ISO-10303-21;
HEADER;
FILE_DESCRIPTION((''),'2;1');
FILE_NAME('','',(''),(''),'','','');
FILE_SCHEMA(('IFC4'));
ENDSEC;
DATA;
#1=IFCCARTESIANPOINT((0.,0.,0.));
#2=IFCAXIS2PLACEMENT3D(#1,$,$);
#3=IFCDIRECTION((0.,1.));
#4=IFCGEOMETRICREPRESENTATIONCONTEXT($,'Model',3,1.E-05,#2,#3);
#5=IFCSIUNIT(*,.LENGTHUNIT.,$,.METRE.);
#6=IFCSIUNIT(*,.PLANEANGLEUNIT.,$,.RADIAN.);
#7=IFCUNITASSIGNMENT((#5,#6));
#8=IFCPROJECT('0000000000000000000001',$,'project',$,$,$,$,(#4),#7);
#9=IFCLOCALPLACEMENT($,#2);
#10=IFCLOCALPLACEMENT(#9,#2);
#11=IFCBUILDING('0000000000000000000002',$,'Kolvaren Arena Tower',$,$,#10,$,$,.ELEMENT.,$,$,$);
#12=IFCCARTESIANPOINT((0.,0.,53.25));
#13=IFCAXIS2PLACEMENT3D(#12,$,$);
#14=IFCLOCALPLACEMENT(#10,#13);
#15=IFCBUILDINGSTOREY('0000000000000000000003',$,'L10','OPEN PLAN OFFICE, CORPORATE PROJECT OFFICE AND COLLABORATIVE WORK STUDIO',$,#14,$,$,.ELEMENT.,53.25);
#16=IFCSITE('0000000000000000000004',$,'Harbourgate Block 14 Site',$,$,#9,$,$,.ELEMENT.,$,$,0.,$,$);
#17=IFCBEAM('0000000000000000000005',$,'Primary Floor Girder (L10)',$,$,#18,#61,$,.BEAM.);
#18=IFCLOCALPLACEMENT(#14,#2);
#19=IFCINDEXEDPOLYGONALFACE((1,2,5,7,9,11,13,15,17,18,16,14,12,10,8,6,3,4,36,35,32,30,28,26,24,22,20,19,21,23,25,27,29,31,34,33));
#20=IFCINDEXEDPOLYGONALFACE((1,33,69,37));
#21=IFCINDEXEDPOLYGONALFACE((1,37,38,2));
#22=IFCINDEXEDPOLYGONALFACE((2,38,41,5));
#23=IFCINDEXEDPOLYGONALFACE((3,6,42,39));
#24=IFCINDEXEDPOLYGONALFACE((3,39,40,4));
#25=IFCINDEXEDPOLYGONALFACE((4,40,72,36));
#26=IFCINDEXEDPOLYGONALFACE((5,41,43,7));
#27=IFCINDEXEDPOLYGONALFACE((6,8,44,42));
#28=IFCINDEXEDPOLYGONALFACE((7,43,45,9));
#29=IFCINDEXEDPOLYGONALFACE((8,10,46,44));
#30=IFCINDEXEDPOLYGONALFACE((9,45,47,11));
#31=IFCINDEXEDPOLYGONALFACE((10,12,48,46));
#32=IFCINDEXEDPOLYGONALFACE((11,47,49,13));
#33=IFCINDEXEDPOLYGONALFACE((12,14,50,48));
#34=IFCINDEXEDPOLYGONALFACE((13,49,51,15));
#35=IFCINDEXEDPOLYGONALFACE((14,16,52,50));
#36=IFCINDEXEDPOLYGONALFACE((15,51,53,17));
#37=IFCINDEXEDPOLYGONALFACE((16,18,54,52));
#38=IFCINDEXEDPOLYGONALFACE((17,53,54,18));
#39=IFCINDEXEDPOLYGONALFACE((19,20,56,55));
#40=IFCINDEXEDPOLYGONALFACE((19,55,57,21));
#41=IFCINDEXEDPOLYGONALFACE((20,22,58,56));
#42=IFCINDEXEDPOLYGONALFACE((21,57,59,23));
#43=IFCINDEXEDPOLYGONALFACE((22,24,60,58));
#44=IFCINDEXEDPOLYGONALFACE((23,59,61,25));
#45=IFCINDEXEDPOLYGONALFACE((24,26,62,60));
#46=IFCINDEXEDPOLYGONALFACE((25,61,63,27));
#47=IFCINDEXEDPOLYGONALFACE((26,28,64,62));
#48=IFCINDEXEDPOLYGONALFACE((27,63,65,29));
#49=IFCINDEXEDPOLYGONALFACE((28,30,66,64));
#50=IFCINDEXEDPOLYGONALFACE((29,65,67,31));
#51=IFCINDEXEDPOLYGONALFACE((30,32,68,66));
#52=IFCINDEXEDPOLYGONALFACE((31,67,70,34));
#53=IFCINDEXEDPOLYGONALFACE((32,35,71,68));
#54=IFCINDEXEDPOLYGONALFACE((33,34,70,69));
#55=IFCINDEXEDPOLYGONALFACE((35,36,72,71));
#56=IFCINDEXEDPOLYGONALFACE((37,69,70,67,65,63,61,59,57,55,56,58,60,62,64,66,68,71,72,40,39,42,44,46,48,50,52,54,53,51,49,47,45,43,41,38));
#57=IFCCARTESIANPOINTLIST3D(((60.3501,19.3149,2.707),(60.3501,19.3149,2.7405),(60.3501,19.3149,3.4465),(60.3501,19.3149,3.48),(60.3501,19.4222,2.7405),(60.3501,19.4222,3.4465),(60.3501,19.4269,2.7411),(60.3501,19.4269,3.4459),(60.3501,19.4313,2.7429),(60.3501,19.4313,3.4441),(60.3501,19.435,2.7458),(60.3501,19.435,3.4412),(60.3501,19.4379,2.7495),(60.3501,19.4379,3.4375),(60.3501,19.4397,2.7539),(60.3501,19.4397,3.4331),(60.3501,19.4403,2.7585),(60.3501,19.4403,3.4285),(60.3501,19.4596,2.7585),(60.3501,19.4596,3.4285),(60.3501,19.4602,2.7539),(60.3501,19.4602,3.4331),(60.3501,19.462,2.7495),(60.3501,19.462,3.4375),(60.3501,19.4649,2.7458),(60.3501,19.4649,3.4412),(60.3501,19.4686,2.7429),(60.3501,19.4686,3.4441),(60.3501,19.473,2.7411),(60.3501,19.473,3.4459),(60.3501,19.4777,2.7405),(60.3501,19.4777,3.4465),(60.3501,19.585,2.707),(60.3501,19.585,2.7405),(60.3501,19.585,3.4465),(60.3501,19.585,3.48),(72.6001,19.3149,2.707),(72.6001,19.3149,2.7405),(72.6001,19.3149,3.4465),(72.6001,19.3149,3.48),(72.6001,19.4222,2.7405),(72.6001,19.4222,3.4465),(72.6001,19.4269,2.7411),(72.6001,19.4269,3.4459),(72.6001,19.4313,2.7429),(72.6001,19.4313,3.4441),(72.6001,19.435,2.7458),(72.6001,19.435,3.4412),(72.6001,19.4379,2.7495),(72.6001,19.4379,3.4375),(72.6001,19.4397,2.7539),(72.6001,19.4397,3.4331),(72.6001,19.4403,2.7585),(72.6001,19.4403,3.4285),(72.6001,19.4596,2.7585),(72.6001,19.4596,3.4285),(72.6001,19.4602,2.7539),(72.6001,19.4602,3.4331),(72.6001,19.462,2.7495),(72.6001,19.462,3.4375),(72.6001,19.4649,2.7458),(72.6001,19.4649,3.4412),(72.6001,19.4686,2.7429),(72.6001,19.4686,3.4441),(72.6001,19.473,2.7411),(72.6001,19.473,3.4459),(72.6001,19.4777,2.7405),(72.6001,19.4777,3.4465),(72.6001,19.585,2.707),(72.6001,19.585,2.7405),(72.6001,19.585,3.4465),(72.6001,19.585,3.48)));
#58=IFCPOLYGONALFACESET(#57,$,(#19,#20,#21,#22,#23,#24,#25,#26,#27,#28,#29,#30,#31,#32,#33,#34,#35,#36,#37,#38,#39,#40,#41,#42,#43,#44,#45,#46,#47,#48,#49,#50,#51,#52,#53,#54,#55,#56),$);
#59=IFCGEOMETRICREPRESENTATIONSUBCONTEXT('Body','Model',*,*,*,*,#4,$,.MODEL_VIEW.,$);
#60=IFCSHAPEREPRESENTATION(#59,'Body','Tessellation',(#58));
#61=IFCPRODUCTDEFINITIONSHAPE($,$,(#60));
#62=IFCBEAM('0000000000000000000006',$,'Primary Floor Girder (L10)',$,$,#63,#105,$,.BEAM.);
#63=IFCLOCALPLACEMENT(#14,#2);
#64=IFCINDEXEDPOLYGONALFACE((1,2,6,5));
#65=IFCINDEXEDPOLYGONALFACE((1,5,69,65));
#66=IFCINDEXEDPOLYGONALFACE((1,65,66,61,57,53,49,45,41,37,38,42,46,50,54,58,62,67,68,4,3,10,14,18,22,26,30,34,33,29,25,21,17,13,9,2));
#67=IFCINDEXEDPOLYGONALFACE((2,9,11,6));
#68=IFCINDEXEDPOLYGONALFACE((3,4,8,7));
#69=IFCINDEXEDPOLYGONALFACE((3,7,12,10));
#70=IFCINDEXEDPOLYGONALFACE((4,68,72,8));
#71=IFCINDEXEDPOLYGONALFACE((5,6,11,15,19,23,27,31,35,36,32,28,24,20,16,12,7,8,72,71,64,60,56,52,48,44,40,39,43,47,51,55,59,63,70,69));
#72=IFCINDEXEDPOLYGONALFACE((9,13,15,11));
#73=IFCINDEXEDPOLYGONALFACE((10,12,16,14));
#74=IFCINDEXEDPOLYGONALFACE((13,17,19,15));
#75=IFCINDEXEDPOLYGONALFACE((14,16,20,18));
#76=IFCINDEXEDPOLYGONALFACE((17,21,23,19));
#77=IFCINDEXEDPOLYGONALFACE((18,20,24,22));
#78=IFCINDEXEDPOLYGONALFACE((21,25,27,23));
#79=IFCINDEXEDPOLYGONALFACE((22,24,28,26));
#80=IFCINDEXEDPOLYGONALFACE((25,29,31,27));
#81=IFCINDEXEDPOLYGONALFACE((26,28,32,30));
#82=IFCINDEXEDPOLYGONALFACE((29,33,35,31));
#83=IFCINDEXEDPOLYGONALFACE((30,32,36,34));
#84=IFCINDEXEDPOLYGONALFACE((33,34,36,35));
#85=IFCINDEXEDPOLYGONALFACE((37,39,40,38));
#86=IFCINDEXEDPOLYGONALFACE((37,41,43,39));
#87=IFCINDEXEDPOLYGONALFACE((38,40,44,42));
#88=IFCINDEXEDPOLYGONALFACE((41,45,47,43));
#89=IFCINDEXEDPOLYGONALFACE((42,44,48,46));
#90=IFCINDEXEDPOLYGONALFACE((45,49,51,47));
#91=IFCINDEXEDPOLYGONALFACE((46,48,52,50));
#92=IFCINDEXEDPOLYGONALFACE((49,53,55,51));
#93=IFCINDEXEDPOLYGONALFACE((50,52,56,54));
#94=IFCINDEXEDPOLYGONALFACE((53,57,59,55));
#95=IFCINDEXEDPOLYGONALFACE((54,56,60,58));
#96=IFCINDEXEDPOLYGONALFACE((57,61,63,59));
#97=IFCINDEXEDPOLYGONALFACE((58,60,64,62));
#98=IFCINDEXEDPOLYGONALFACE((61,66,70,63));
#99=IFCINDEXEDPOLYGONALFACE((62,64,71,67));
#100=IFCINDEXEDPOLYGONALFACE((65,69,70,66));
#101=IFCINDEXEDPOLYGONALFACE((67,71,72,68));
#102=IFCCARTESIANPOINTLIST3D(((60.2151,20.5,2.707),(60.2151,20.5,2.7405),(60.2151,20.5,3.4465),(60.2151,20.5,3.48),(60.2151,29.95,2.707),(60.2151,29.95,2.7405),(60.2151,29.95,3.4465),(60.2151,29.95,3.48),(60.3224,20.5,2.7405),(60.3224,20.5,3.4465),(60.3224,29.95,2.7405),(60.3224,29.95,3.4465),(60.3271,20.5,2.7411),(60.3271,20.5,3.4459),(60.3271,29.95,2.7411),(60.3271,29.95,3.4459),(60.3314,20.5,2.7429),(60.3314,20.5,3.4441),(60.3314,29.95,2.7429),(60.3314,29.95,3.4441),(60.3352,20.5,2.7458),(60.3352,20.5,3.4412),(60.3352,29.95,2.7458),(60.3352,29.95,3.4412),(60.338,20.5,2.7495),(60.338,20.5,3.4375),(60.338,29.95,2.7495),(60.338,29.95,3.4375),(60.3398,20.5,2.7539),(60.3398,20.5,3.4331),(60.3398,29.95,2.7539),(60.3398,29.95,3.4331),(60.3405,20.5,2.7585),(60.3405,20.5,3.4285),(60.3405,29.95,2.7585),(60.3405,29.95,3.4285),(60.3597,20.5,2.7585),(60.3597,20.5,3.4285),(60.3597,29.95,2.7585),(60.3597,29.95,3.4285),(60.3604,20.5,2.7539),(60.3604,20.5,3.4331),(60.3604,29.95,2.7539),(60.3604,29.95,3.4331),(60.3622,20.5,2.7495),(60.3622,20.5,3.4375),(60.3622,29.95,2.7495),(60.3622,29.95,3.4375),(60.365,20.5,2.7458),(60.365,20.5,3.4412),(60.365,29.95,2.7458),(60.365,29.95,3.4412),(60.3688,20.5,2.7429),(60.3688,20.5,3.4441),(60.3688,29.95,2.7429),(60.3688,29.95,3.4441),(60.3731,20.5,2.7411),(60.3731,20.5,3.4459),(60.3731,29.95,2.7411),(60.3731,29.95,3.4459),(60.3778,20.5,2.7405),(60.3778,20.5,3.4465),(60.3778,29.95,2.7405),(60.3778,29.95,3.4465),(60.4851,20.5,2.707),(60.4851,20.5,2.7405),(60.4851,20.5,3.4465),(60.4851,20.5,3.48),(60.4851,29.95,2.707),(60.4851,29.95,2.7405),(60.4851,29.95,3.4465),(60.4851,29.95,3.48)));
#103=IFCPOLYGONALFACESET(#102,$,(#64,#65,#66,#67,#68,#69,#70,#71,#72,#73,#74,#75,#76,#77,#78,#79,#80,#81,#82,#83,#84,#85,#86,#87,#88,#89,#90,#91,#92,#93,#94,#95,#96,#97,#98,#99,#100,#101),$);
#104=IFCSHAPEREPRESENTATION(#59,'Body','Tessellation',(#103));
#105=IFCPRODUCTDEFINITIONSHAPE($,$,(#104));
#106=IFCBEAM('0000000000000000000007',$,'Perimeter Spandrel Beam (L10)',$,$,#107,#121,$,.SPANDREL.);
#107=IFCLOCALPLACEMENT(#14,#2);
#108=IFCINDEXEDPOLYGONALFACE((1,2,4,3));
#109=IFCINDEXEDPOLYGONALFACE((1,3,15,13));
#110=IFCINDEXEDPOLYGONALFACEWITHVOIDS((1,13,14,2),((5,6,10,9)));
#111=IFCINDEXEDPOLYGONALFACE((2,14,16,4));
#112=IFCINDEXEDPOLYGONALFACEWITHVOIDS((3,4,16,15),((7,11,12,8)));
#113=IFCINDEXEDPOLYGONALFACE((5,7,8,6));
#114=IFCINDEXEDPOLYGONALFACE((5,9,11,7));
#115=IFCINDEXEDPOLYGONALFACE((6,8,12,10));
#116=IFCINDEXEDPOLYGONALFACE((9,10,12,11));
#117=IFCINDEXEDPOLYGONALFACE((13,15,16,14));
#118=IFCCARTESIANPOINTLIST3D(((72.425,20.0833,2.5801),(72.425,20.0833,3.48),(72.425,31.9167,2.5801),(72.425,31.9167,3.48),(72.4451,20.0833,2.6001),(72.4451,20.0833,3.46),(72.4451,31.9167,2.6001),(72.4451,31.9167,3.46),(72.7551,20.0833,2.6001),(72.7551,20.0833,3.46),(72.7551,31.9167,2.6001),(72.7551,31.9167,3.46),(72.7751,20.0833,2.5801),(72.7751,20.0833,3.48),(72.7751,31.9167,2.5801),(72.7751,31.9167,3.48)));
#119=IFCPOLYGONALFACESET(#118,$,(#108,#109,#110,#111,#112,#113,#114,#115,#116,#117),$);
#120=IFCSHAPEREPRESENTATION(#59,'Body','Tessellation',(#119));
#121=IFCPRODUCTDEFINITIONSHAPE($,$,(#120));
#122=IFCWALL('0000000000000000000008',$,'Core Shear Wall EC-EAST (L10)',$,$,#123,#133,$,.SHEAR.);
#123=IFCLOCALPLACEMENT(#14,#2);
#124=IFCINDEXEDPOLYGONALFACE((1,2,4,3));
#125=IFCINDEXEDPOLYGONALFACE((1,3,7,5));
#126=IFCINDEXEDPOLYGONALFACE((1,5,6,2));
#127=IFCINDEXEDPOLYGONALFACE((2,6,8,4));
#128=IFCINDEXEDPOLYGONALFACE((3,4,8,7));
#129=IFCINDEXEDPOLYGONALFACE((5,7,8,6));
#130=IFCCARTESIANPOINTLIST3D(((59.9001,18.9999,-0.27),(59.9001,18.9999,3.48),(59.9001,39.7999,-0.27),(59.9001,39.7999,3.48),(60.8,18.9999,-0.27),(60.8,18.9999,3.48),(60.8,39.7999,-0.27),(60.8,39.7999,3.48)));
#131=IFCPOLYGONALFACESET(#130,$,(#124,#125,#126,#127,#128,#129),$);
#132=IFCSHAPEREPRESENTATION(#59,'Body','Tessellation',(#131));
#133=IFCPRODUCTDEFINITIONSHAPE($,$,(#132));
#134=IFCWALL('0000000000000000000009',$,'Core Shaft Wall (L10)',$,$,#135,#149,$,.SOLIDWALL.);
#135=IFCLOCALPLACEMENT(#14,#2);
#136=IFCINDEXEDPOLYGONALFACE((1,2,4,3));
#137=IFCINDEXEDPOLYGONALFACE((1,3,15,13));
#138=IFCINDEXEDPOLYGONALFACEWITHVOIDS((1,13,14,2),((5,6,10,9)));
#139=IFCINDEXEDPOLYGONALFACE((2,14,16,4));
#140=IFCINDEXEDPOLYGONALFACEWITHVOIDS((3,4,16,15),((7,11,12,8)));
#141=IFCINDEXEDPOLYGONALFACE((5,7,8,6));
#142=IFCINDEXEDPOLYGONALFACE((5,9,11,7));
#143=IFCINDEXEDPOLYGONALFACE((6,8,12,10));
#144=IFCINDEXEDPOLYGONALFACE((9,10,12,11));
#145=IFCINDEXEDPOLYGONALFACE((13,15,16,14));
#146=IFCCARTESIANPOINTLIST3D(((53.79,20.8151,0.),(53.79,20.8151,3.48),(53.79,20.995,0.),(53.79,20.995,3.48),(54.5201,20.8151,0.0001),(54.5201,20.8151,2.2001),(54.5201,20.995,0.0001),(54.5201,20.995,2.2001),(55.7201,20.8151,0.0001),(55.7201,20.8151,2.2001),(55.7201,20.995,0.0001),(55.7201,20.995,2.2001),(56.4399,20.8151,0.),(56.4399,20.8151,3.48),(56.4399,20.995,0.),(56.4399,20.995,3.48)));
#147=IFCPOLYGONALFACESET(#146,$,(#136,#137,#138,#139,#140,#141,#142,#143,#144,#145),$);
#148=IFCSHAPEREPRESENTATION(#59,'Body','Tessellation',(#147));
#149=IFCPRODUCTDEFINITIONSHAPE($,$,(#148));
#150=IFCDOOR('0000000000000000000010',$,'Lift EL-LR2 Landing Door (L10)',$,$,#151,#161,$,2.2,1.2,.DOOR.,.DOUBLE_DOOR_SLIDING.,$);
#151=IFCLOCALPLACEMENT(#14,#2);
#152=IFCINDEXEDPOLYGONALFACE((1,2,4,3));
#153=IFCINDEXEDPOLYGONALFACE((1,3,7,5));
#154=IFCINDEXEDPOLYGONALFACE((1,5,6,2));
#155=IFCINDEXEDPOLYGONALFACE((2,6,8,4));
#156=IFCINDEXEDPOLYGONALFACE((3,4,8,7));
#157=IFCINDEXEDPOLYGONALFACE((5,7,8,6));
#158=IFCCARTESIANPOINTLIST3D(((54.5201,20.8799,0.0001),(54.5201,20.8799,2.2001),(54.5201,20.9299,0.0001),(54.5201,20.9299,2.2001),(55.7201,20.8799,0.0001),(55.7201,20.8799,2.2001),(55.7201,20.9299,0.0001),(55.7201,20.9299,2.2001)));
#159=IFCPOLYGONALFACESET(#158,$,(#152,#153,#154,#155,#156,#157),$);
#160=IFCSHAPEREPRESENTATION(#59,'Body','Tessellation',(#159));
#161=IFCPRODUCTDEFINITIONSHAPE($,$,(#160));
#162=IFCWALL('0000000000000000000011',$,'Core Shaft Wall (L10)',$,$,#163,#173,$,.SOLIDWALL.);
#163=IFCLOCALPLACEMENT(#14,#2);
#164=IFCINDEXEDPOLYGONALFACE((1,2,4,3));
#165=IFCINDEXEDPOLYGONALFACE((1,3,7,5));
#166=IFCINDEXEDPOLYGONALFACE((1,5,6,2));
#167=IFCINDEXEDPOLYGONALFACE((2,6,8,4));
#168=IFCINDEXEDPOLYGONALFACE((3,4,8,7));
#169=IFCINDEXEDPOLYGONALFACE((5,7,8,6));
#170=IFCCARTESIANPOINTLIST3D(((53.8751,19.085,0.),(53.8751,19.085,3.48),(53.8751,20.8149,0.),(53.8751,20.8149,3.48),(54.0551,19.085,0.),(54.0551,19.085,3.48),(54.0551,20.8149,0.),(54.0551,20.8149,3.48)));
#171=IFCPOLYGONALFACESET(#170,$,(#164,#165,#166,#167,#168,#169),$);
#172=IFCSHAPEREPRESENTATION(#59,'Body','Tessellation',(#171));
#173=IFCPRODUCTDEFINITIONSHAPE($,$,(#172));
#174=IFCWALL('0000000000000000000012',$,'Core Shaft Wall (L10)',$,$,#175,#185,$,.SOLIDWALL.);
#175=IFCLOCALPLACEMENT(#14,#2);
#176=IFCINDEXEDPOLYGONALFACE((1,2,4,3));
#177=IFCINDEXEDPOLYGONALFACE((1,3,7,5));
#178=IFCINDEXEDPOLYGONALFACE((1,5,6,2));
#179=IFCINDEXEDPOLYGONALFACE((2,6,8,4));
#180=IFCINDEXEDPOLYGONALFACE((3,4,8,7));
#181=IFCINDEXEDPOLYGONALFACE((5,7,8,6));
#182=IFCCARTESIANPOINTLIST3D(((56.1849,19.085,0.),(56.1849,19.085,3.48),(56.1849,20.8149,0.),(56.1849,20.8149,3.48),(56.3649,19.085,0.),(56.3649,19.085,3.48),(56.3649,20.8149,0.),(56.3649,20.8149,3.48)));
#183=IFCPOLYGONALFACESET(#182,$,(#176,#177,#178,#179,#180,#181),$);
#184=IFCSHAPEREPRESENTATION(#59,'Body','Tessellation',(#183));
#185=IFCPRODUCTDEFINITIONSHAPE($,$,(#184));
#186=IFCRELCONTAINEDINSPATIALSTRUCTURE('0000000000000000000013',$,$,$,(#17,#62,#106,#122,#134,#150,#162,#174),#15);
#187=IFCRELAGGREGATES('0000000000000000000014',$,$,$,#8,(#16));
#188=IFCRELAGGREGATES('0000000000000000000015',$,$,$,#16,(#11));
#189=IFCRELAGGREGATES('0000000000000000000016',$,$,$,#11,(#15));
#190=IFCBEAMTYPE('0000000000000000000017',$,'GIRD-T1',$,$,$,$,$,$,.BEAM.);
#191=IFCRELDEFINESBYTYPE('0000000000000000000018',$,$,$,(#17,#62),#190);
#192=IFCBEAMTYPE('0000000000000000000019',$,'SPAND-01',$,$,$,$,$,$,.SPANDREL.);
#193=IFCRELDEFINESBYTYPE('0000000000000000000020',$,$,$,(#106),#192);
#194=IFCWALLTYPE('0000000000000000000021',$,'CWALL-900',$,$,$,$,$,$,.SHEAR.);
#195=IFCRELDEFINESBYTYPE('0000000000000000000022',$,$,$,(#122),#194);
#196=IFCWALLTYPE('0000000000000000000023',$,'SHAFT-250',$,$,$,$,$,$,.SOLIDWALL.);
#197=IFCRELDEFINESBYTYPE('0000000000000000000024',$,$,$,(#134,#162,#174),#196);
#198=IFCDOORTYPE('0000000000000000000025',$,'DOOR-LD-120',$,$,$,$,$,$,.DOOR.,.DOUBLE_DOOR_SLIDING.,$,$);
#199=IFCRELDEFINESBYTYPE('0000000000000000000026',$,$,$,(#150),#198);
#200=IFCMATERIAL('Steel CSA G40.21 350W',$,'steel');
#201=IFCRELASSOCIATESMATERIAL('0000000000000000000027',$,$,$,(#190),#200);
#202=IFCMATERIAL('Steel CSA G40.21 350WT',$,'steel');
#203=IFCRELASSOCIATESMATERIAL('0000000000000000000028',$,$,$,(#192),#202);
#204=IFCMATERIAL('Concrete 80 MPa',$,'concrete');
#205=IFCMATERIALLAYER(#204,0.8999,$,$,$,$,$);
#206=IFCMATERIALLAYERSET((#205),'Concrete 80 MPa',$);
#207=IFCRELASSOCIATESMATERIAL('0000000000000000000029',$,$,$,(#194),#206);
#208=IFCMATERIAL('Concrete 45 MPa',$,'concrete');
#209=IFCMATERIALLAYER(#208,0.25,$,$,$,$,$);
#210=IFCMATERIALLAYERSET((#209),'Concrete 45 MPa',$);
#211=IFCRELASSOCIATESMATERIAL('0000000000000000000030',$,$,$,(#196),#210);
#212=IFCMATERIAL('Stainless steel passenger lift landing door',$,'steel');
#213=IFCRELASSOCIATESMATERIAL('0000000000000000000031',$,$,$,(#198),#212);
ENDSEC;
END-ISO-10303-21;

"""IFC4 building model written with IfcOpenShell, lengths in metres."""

from ifc_helpers import new_model, si_unit, direction, frame, frame_2d, origin, origin_2d, place, context, subcontext, project, spatial, rectangle, hollow_rectangle, i_section, extrude, material, layer, layer_set, material_profile, profile_set, type_object, element, fill, save


model = new_model("IFC4")

# Units and contexts
model_context = context("Model", 3, precision=1e-05, world=origin(), true_north=direction((0.0, 1.0)))
body_context = subcontext(model_context, "Body", "Model", "MODEL_VIEW")
ifc_project = project(units=[si_unit("LENGTHUNIT", "METRE"), si_unit("PLANEANGLEUNIT", "RADIAN")], contexts=[model_context])

# Site, building, storey
site_placement = place(None, origin())
site = spatial("IfcSite", under=ifc_project, at=site_placement, Name="Harbourgate Block 14 Site", CompositionType="ELEMENT", RefElevation=0.0)
building_placement = place(site_placement, origin())
building = spatial("IfcBuilding", under=site, at=building_placement, Name="Kolvaren Arena Tower", CompositionType="ELEMENT")
storey_placement = place(building_placement, frame((0.0, 0.0, 53.25)))
storey = spatial("IfcBuildingStorey", under=building, at=storey_placement, Name="L10", Description="OPEN PLAN OFFICE, CORPORATE PROJECT OFFICE AND COLLABORATIVE WORK STUDIO", CompositionType="ELEMENT", Elevation=53.25)

# Beams
ifc_material_1 = material(Name="Steel CSA G40.21 350W", Category="steel")
ifc_material_profile_1 = material_profile(ifc_material_1, i_section(OverallWidth=0.27, OverallDepth=0.7729, WebThickness=0.0193, FlangeThickness=0.0334, FilletRadius=0.0181, at=origin_2d()), Name="W760x257")
ifc_profile_set_1 = profile_set([ifc_material_profile_1], Name="Steel CSA G40.21 350W")
beam_type_1 = type_object("IfcBeamType", Name="GIRD-T1", PredefinedType="BEAM", material=ifc_profile_set_1)
beam_1_placement = place(storey_placement, frame((60.3501, 19.45, 3.0935), z_axis=(1.0, 0.0, 0.0), x_axis=(0.0, 1.0, 0.0)))
element("IfcBeam", 1, at=beam_1_placement, inside=storey, type_object=beam_type_1, Name="Primary Floor Girder (L10)", PredefinedType="BEAM", context=body_context, shape_type="SweptSolid", body=[
    extrude(i_section(OverallWidth=0.27, OverallDepth=0.7729, WebThickness=0.0193, FlangeThickness=0.0334, FilletRadius=0.0181, at=origin_2d()), origin(), (0.0, 0.0, 1.0), 12.25),
])
beam_2_placement = place(storey_placement, frame((60.3501, 20.5, 3.0935), z_axis=(0.0, 1.0, 0.0), x_axis=(-1.0, 0.0, 0.0)))
element("IfcBeam", 2, at=beam_2_placement, inside=storey, type_object=beam_type_1, Name="Primary Floor Girder (L10)", PredefinedType="BEAM", context=body_context, shape_type="SweptSolid", body=[
    extrude(i_section(OverallWidth=0.27, OverallDepth=0.7729, WebThickness=0.0193, FlangeThickness=0.0334, FilletRadius=0.0181, at=origin_2d()), origin(), (0.0, 0.0, 1.0), 9.45),
])
ifc_material_2 = material(Name="Steel CSA G40.21 350WT", Category="steel")
ifc_material_profile_2 = material_profile(ifc_material_2, hollow_rectangle(XDim=0.3501, YDim=0.8999, WallThickness=0.02, at=origin_2d()), Name="HSS 900x350x20")
ifc_profile_set_2 = profile_set([ifc_material_profile_2], Name="Steel CSA G40.21 350WT")
beam_type_2 = type_object("IfcBeamType", Name="SPAND-01", PredefinedType="SPANDREL", material=ifc_profile_set_2)
beam_3_placement = place(storey_placement, frame((72.6001, 20.0833, 3.03), z_axis=(0.0, 1.0, 0.0), x_axis=(-1.0, 0.0, 0.0)))
element("IfcBeam", 3, at=beam_3_placement, inside=storey, type_object=beam_type_2, Name="Perimeter Spandrel Beam (L10)", PredefinedType="SPANDREL", context=body_context, shape_type="SweptSolid", body=[
    extrude(hollow_rectangle(XDim=0.3501, YDim=0.8999, WallThickness=0.02, at=origin_2d()), origin(), (0.0, 0.0, 1.0), 11.8335),
])

# Wall
ifc_material_3 = material(Name="Concrete 80 MPa", Category="concrete")
ifc_layer_1 = layer(ifc_material_3, 0.8999)
ifc_layer_set_1 = layer_set([ifc_layer_1], Name="Concrete 80 MPa")
wall_type_1 = type_object("IfcWallType", Name="CWALL-900", PredefinedType="SHEAR", material=ifc_layer_set_1)
wall_1_placement = place(storey_placement, frame((60.3501, 19.0, -0.27), z_axis=(0.0, 0.0, 1.0), x_axis=(0.0, 1.0, 0.0)))
element("IfcWall", 4, at=wall_1_placement, inside=storey, type_object=wall_type_1, Name="Core Shear Wall EC-EAST (L10)", PredefinedType="SHEAR", context=body_context, shape_type="SweptSolid", body=[
    extrude(rectangle(XDim=20.8, YDim=0.8999, at=frame_2d((10.3999, 0.0))), origin(), (0.0, 0.0, 1.0), 3.75),
])

# Wall, opening, door
ifc_material_4 = material(Name="Concrete 45 MPa", Category="concrete")
ifc_layer_2 = layer(ifc_material_4, 0.25)
ifc_layer_set_2 = layer_set([ifc_layer_2], Name="Concrete 45 MPa")
wall_type_2 = type_object("IfcWallType", Name="SHAFT-250", PredefinedType="SOLIDWALL", material=ifc_layer_set_2)
wall_2_placement = place(storey_placement, frame((53.79, 20.905, 0.0), z_axis=(0.0, 0.0, 1.0), x_axis=(1.0, 0.0, 0.0)))
wall_2 = element("IfcWall", 5, at=wall_2_placement, inside=storey, type_object=wall_type_2, Name="Core Shaft Wall (L10)", PredefinedType="SOLIDWALL", context=body_context, shape_type="SweptSolid", body=[
    extrude(rectangle(XDim=2.6499, YDim=0.1799, at=frame_2d((1.325, 0.0))), origin(), (0.0, 0.0, 1.0), 3.48),
])
opening_1_placement = place(wall_2_placement, frame((0.73, 0.0, 0.0)))
opening_1 = element("IfcOpeningElement", 6, at=opening_1_placement, cuts=wall_2, PredefinedType="OPENING", context=body_context, shape_type="SweptSolid", body=[
    extrude(rectangle(XDim=1.2, YDim=2.2, at=frame_2d((0.6001, 1.1001))), frame((0.0, 0.0999, 0.0), z_axis=(0.0, -1.0, 0.0), x_axis=(1.0, 0.0, 0.0)), (0.0, 0.0, 1.0), 0.2),
])
ifc_material_5 = material(Name="Stainless steel passenger lift landing door", Category="steel")
door_type = type_object("IfcDoorType", Name="DOOR-LD-120", OperationType="DOUBLE_DOOR_SLIDING", PredefinedType="DOOR", material=ifc_material_5)
door_1_placement = place(opening_1_placement, origin())
door_1 = element("IfcDoor", 7, at=door_1_placement, inside=storey, type_object=door_type, Name="Lift EL-LR2 Landing Door (L10)", OperationType="DOUBLE_DOOR_SLIDING", OverallHeight=2.2, OverallWidth=1.2, PredefinedType="DOOR", context=body_context, shape_type="SweptSolid", body=[
    extrude(rectangle(XDim=1.2, YDim=2.2, at=frame_2d((0.6001, 1.1001))), frame((0.0, 0.0249, 0.0), z_axis=(0.0, -1.0, 0.0), x_axis=(1.0, 0.0, 0.0)), (0.0, 0.0, 1.0), 0.05),
])
fill(opening_1, door_1)

# Walls
for number, where, z_axis, x_axis, name in (
    (8, (53.9651, 19.085, 0.0), (0.0, 0.0, 1.0), (0.0, 1.0, 0.0), "Core Shaft Wall (L10)"),
    (9, (56.2749, 19.085, 0.0), (0.0, 0.0, 1.0), (0.0, 1.0, 0.0), "Core Shaft Wall (L10)"),
):
    element("IfcWall", number, at=place(storey_placement, frame(where, z_axis=z_axis, x_axis=x_axis)), inside=storey, type_object=wall_type_2, Name=name, PredefinedType="SOLIDWALL", context=body_context, shape_type="SweptSolid", body=[
        extrude(rectangle(XDim=1.73, YDim=0.1799, at=frame_2d((0.865, 0.0))), origin(), (0.0, 0.0, 1.0), 3.48),
    ])

save(model, "model.ifc")
